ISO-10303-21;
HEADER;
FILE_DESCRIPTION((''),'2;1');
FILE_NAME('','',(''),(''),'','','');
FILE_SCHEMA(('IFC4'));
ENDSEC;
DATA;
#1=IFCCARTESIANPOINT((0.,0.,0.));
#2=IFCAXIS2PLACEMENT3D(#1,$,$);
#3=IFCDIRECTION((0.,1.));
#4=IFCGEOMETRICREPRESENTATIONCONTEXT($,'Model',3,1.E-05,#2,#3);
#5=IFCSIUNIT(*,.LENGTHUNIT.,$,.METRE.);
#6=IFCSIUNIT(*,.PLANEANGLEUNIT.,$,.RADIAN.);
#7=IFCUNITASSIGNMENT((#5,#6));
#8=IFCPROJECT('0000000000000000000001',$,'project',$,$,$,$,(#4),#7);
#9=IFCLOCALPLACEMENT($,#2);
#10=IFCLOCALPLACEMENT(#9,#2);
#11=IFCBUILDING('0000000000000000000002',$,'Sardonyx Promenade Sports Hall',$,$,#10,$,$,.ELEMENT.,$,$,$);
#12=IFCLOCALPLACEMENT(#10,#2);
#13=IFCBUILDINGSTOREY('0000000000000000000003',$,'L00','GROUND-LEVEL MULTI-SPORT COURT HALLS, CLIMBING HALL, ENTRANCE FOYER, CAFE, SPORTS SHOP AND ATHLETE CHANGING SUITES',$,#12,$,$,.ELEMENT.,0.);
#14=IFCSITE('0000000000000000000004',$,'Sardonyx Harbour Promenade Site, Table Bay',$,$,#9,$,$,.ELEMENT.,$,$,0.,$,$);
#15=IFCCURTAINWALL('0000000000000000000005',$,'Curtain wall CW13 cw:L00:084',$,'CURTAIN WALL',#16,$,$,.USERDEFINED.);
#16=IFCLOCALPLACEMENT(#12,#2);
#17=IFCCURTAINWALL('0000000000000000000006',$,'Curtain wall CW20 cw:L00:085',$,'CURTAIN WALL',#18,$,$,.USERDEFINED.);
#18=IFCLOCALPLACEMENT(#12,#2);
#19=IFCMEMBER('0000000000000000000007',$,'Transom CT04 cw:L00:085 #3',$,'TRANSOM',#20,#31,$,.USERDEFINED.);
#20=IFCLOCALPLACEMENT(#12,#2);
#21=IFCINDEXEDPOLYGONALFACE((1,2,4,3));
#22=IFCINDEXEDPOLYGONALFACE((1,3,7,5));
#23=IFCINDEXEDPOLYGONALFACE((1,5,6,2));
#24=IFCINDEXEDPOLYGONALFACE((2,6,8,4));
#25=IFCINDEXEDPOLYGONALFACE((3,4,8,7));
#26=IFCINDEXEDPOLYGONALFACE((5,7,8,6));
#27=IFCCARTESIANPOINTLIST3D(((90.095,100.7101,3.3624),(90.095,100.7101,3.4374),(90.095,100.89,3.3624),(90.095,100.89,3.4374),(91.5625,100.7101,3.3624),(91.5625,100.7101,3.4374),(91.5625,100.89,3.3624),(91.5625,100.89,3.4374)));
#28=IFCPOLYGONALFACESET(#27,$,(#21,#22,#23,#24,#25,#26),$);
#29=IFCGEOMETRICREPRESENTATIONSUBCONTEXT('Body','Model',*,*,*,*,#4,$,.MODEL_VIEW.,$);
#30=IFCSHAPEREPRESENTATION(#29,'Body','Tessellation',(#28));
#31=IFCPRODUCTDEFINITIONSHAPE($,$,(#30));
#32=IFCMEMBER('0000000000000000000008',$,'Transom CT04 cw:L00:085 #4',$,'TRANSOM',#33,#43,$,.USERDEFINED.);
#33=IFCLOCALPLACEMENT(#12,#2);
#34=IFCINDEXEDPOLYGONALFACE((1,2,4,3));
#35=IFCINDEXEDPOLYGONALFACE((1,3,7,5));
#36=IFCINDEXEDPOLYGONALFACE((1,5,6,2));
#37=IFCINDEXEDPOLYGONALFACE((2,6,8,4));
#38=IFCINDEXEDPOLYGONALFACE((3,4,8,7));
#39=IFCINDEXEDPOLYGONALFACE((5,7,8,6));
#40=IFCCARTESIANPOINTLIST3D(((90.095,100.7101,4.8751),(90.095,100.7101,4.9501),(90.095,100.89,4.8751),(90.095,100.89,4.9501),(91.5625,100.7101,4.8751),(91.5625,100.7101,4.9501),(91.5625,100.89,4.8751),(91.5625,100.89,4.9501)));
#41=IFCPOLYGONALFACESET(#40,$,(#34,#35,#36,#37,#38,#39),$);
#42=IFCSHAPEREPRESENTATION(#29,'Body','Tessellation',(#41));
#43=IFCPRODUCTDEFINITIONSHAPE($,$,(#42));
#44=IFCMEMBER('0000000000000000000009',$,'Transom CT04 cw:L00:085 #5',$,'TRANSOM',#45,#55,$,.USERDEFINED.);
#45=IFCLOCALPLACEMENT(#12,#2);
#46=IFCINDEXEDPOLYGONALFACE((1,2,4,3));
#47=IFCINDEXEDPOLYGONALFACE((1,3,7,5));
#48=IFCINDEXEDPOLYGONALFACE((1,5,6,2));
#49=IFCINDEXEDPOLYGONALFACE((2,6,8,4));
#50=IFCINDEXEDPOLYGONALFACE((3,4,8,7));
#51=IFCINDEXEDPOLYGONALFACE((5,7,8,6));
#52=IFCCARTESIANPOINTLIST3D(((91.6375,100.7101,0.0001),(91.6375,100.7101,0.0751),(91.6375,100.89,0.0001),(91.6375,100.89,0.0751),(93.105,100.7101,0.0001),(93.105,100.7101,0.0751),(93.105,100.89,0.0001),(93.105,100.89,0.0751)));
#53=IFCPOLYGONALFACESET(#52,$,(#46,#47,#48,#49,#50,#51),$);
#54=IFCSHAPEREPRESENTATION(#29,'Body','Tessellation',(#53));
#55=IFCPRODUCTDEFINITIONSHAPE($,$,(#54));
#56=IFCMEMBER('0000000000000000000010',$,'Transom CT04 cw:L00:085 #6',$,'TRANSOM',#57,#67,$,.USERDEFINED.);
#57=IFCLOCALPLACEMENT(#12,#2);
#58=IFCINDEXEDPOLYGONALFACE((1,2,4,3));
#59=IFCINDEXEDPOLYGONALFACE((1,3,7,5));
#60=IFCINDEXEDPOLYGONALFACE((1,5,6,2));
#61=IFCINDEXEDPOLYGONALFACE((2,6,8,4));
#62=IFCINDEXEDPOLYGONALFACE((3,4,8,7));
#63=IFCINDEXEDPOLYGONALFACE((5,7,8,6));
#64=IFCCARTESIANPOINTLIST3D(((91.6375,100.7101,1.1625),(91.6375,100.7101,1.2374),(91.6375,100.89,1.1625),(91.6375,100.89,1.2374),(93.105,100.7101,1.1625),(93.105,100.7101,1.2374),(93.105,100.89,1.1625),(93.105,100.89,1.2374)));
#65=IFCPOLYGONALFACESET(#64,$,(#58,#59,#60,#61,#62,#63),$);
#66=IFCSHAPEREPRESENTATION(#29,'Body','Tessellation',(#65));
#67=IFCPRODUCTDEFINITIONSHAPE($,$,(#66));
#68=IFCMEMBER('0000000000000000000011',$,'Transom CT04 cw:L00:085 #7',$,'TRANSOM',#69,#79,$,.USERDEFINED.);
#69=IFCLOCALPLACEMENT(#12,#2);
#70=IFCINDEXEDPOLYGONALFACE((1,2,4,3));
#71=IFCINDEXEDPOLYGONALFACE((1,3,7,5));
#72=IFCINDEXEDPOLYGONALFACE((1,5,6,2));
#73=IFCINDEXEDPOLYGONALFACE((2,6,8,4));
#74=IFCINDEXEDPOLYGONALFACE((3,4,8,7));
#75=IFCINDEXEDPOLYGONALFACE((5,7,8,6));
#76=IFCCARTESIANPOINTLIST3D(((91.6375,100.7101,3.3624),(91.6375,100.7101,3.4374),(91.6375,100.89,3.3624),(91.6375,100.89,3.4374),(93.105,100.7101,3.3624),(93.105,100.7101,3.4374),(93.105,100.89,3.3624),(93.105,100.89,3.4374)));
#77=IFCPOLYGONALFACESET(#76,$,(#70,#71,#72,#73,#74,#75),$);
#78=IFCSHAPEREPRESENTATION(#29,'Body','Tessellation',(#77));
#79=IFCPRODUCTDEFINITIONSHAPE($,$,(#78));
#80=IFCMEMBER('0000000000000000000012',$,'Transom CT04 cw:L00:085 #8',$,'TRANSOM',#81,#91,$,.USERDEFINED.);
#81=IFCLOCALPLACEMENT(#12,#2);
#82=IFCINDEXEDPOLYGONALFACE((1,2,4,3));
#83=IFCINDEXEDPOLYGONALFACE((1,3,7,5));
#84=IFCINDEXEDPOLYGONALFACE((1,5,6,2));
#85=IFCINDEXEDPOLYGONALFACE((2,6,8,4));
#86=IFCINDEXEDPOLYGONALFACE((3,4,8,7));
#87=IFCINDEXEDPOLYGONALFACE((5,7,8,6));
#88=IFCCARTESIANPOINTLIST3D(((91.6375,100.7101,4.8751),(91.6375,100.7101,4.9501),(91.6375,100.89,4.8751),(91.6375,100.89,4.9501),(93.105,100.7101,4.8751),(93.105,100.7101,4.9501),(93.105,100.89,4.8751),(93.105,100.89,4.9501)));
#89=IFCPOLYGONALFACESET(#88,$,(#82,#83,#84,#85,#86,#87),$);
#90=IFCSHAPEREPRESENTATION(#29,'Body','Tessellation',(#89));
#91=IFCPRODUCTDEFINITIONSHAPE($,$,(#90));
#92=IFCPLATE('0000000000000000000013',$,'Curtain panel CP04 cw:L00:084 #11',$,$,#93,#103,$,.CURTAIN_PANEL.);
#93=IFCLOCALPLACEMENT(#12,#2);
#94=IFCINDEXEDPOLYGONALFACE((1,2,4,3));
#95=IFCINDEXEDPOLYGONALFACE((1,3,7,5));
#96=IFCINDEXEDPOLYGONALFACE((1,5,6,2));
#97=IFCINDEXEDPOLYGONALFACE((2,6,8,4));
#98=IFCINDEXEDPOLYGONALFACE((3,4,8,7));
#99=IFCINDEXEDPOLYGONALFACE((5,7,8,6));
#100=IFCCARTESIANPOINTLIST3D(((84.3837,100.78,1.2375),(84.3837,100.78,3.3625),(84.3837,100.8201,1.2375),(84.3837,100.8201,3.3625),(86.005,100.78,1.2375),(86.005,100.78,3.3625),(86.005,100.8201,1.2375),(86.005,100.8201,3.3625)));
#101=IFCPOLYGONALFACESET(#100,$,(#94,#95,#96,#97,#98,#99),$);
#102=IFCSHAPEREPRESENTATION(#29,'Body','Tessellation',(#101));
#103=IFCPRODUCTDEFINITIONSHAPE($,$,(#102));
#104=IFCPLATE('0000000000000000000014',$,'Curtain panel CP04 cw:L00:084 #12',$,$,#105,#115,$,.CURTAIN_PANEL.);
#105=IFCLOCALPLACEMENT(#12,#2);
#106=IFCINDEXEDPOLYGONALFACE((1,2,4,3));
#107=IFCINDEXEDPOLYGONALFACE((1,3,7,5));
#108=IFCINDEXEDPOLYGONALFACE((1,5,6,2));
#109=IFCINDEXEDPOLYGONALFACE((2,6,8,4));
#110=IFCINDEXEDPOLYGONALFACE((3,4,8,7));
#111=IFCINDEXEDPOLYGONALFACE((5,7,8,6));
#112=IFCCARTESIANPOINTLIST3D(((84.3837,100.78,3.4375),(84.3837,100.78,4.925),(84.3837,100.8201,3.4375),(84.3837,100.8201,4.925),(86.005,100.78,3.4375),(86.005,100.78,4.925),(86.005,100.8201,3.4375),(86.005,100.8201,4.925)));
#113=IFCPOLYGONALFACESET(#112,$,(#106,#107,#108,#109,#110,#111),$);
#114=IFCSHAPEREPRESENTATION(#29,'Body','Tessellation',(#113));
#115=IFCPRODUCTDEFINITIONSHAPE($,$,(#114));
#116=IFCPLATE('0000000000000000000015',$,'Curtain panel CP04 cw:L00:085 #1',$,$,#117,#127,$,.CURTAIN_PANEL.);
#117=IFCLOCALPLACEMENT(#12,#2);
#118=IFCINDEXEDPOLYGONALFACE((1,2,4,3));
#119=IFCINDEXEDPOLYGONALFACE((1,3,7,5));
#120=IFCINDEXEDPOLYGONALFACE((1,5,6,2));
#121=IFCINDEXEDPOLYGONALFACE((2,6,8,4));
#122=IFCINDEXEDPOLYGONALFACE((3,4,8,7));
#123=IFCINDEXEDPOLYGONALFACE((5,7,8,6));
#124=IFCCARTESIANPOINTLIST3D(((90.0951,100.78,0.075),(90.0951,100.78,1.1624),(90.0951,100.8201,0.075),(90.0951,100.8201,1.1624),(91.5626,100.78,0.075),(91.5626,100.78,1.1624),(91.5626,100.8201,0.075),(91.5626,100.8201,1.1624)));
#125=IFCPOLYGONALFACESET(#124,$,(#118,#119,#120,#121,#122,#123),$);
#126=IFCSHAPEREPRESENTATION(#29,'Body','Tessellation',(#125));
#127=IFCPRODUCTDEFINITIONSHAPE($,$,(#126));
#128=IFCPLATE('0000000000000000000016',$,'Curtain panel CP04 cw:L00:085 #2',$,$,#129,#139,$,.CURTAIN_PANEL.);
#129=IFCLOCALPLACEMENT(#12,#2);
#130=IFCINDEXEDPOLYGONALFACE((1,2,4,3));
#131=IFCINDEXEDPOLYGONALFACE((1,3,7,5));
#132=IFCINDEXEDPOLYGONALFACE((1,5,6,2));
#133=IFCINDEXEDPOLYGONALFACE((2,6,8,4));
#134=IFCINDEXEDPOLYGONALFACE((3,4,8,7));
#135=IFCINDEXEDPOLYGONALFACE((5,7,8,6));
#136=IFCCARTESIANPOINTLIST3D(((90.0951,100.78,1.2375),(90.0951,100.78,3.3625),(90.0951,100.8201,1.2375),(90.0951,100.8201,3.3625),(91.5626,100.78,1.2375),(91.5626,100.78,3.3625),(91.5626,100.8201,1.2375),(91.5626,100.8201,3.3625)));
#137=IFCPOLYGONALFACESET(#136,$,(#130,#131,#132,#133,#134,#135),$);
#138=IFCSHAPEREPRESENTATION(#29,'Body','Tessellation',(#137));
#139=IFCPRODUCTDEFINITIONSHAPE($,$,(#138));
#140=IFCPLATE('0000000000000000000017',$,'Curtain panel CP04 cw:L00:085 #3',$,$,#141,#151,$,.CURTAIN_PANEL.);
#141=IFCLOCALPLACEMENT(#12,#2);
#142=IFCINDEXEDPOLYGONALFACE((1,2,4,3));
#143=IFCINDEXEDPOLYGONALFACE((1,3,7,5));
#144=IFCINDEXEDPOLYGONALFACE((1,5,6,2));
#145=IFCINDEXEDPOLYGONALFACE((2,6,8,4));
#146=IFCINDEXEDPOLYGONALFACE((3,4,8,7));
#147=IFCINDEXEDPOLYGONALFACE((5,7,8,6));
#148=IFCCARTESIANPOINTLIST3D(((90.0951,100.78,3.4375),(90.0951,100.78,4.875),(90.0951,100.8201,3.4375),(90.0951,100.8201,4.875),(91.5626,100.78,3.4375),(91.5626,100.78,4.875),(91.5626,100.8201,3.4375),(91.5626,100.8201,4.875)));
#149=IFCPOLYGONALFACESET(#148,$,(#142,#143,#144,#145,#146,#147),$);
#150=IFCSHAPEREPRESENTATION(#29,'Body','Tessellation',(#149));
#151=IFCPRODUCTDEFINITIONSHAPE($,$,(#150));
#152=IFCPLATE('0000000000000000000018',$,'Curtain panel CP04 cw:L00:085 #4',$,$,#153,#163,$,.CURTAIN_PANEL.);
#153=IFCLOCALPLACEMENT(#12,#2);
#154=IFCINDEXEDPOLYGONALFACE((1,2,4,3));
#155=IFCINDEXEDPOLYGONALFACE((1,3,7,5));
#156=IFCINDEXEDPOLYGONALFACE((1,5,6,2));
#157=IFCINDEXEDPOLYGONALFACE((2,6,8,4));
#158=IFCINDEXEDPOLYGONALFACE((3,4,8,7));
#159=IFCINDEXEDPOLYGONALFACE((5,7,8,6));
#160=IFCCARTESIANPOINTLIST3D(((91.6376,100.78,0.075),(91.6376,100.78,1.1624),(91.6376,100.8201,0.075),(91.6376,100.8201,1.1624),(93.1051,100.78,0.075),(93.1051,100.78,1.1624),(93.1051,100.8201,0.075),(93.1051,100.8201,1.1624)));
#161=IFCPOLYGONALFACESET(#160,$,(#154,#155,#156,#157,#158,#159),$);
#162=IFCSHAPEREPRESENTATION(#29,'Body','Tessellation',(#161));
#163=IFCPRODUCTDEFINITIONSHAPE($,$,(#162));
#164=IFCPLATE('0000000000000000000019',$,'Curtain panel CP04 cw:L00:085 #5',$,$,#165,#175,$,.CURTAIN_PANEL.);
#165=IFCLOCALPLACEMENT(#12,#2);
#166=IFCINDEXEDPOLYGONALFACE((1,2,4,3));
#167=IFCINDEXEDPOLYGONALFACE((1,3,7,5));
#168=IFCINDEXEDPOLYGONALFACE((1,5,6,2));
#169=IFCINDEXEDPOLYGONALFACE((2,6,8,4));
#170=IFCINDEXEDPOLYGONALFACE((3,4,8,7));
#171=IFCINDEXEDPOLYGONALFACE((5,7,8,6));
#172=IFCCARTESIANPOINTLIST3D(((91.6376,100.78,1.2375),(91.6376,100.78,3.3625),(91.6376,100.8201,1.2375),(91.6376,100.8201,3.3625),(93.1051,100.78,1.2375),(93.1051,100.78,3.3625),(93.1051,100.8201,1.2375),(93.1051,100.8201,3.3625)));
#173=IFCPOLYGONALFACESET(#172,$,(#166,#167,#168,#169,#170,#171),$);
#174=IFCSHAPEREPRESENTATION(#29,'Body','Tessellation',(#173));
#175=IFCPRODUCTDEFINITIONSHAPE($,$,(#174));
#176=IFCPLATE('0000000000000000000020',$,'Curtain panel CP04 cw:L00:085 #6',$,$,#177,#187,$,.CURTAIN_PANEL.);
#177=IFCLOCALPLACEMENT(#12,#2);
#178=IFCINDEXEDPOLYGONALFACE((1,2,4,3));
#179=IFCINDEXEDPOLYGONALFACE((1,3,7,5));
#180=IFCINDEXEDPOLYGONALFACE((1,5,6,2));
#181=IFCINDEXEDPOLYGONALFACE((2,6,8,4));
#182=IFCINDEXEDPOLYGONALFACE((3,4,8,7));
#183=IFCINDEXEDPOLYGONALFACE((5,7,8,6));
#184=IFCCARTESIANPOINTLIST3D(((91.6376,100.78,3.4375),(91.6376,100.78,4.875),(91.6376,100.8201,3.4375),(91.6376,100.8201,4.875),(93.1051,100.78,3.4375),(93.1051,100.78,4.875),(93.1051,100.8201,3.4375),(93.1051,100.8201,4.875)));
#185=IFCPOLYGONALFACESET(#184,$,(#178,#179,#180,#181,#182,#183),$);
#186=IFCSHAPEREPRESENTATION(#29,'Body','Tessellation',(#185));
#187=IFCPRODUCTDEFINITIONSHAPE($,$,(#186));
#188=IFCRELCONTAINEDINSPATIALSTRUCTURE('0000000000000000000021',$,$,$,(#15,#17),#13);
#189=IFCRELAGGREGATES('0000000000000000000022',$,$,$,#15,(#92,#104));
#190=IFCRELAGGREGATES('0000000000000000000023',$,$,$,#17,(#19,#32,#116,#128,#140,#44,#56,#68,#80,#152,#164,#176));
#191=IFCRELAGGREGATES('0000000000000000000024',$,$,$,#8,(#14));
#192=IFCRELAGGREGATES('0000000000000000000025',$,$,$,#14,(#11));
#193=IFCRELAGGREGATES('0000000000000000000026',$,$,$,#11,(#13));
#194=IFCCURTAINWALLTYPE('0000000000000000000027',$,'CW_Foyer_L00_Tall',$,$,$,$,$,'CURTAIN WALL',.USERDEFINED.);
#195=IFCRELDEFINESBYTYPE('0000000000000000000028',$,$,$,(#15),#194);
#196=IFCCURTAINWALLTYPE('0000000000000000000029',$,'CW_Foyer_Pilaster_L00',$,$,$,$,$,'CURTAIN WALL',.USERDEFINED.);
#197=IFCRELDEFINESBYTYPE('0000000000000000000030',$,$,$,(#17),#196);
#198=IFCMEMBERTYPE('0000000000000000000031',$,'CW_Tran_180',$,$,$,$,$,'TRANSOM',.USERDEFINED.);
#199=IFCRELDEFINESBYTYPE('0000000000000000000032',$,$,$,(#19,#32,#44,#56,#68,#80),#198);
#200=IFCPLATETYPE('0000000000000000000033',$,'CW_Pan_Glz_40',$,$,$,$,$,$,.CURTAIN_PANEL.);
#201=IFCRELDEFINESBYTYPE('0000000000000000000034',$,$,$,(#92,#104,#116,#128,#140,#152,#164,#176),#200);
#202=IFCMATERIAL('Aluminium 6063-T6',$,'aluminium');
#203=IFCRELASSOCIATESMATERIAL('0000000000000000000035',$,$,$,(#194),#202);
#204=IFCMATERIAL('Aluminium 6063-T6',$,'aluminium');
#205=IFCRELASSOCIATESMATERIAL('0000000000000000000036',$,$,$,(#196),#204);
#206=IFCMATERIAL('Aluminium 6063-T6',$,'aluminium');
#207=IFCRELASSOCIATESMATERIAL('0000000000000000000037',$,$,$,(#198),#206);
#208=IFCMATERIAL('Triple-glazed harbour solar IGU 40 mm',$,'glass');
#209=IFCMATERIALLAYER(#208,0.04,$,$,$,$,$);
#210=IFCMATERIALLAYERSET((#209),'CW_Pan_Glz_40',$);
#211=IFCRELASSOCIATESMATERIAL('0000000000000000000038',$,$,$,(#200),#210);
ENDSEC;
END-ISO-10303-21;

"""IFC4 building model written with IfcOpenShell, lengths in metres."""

from ifc_helpers import new_model, si_unit, direction, frame, origin, origin_2d, place, context, subcontext, project, spatial, rectangle, extrude, material, layer, layer_set, material_profile, profile_set, type_object, element, aggregate, save


model = new_model("IFC4")

# Units and contexts
model_context = context("Model", 3, precision=1e-05, world=origin(), true_north=direction((0.0, 1.0)))
body_context = subcontext(model_context, "Body", "Model", "MODEL_VIEW")
ifc_project = project(units=[si_unit("LENGTHUNIT", "METRE"), si_unit("PLANEANGLEUNIT", "RADIAN")], contexts=[model_context])

# Site, building, storey
site_placement = place(None, origin())
site = spatial("IfcSite", under=ifc_project, at=site_placement, Name="Sardonyx Harbour Promenade Site, Table Bay", CompositionType="ELEMENT", RefElevation=0.0)
building_placement = place(site_placement, origin())
building = spatial("IfcBuilding", under=site, at=building_placement, Name="Sardonyx Promenade Sports Hall", CompositionType="ELEMENT")
storey_placement = place(building_placement, origin())
storey = spatial("IfcBuildingStorey", under=building, at=storey_placement, Name="L00", Description="GROUND-LEVEL MULTI-SPORT COURT HALLS, CLIMBING HALL, ENTRANCE FOYER, CAFE, SPORTS SHOP AND ATHLETE CHANGING SUITES", CompositionType="ELEMENT", Elevation=0.0)

# Curtain wall
ifc_material_1 = material(Name="Aluminium 6063-T6", Category="aluminium")
curtain_wall_type_1 = type_object("IfcCurtainWallType", Name="CW_Foyer_L00_Tall", ElementType="CURTAIN WALL", PredefinedType="USERDEFINED", material=ifc_material_1)
curtain_wall_1_placement = place(storey_placement, origin())
curtain_wall_1 = element("IfcCurtainWall", 1, at=curtain_wall_1_placement, inside=storey, type_object=curtain_wall_type_1, Name="Curtain wall CW13 cw:L00:084", ObjectType="CURTAIN WALL", PredefinedType="USERDEFINED")

# Curtain wall
ifc_material_2 = material(Name="Aluminium 6063-T6", Category="aluminium")
curtain_wall_type_2 = type_object("IfcCurtainWallType", Name="CW_Foyer_Pilaster_L00", ElementType="CURTAIN WALL", PredefinedType="USERDEFINED", material=ifc_material_2)
curtain_wall_2_placement = place(storey_placement, origin())
curtain_wall_2 = element("IfcCurtainWall", 2, at=curtain_wall_2_placement, inside=storey, type_object=curtain_wall_type_2, Name="Curtain wall CW20 cw:L00:085", ObjectType="CURTAIN WALL", PredefinedType="USERDEFINED")

# Members
ifc_material_3 = material(Name="Aluminium 6063-T6", Category="aluminium")
ifc_material_profile_1 = material_profile(ifc_material_3, rectangle(XDim=0.075, YDim=0.1799, at=origin_2d()))
ifc_profile_set_1 = profile_set([ifc_material_profile_1], Name="Aluminium 6063-T6")
member_type_1 = type_object("IfcMemberType", Name="CW_Tran_180", ElementType="TRANSOM", PredefinedType="USERDEFINED", material=ifc_profile_set_1)
member_1_placement = place(storey_placement, frame((90.095, 100.8, 3.3999), z_axis=(1.0, 0.0, 0.0), x_axis=(0.0, 0.0, 1.0)))
member_1 = element("IfcMember", 3, at=member_1_placement, type_object=member_type_1, Name="Transom CT04 cw:L00:085 #3", ObjectType="TRANSOM", PredefinedType="USERDEFINED", context=body_context, shape_type="SweptSolid", body=[
    extrude(rectangle(XDim=0.075, YDim=0.1799, at=origin_2d()), origin(), (0.0, 0.0, 1.0), 1.4675),
])
member_2_placement = place(storey_placement, frame((90.095, 100.8, 4.9126), z_axis=(1.0, 0.0, 0.0), x_axis=(0.0, 0.0, 1.0)))
member_2 = element("IfcMember", 4, at=member_2_placement, type_object=member_type_1, Name="Transom CT04 cw:L00:085 #4", ObjectType="TRANSOM", PredefinedType="USERDEFINED", context=body_context, shape_type="SweptSolid", body=[
    extrude(rectangle(XDim=0.075, YDim=0.1799, at=origin_2d()), origin(), (0.0, 0.0, 1.0), 1.4675),
])
member_3_placement = place(storey_placement, frame((91.6375, 100.8, 0.0376), z_axis=(1.0, 0.0, 0.0), x_axis=(0.0, 0.0, 1.0)))
member_3 = element("IfcMember", 5, at=member_3_placement, type_object=member_type_1, Name="Transom CT04 cw:L00:085 #5", ObjectType="TRANSOM", PredefinedType="USERDEFINED", context=body_context, shape_type="SweptSolid", body=[
    extrude(rectangle(XDim=0.075, YDim=0.1799, at=origin_2d()), origin(), (0.0, 0.0, 1.0), 1.4675),
])
member_4_placement = place(storey_placement, frame((91.6375, 100.8, 1.2), z_axis=(1.0, 0.0, 0.0), x_axis=(0.0, 0.0, 1.0)))
member_4 = element("IfcMember", 6, at=member_4_placement, type_object=member_type_1, Name="Transom CT04 cw:L00:085 #6", ObjectType="TRANSOM", PredefinedType="USERDEFINED", context=body_context, shape_type="SweptSolid", body=[
    extrude(rectangle(XDim=0.075, YDim=0.1799, at=origin_2d()), origin(), (0.0, 0.0, 1.0), 1.4675),
])
member_5_placement = place(storey_placement, frame((91.6375, 100.8, 3.3999), z_axis=(1.0, 0.0, 0.0), x_axis=(0.0, 0.0, 1.0)))
member_5 = element("IfcMember", 7, at=member_5_placement, type_object=member_type_1, Name="Transom CT04 cw:L00:085 #7", ObjectType="TRANSOM", PredefinedType="USERDEFINED", context=body_context, shape_type="SweptSolid", body=[
    extrude(rectangle(XDim=0.075, YDim=0.1799, at=origin_2d()), origin(), (0.0, 0.0, 1.0), 1.4675),
])
member_6_placement = place(storey_placement, frame((91.6375, 100.8, 4.9126), z_axis=(1.0, 0.0, 0.0), x_axis=(0.0, 0.0, 1.0)))
member_6 = element("IfcMember", 8, at=member_6_placement, type_object=member_type_1, Name="Transom CT04 cw:L00:085 #8", ObjectType="TRANSOM", PredefinedType="USERDEFINED", context=body_context, shape_type="SweptSolid", body=[
    extrude(rectangle(XDim=0.075, YDim=0.1799, at=origin_2d()), origin(), (0.0, 0.0, 1.0), 1.4675),
])

# Plates
ifc_material_4 = material(Name="Triple-glazed harbour solar IGU 40 mm", Category="glass")
ifc_layer_1 = layer(ifc_material_4, 0.04)
ifc_layer_set_1 = layer_set([ifc_layer_1], Name="CW_Pan_Glz_40")
plate_type = type_object("IfcPlateType", Name="CW_Pan_Glz_40", PredefinedType="CURTAIN_PANEL", material=ifc_layer_set_1)
plate_1_placement = place(storey_placement, frame((85.1943, 100.8, 1.2375), z_axis=(0.0, 0.0, 1.0), x_axis=(1.0, 0.0, 0.0)))
plate_1 = element("IfcPlate", 9, at=plate_1_placement, type_object=plate_type, Name="Curtain panel CP04 cw:L00:084 #11", PredefinedType="CURTAIN_PANEL", context=body_context, shape_type="SweptSolid", body=[
    extrude(rectangle(XDim=1.6213, YDim=0.04, at=origin_2d()), origin(), (0.0, 0.0, 1.0), 2.125),
])
plate_2_placement = place(storey_placement, frame((85.1943, 100.8, 3.4375), z_axis=(0.0, 0.0, 1.0), x_axis=(1.0, 0.0, 0.0)))
plate_2 = element("IfcPlate", 10, at=plate_2_placement, type_object=plate_type, Name="Curtain panel CP04 cw:L00:084 #12", PredefinedType="CURTAIN_PANEL", context=body_context, shape_type="SweptSolid", body=[
    extrude(rectangle(XDim=1.6213, YDim=0.04, at=origin_2d()), origin(), (0.0, 0.0, 1.0), 1.4875),
])
aggregate(curtain_wall_1, [plate_1, plate_2])
plate_3_placement = place(storey_placement, frame((90.8289, 100.8, 0.075), z_axis=(0.0, 0.0, 1.0), x_axis=(1.0, 0.0, 0.0)))
plate_3 = element("IfcPlate", 11, at=plate_3_placement, type_object=plate_type, Name="Curtain panel CP04 cw:L00:085 #1", PredefinedType="CURTAIN_PANEL", context=body_context, shape_type="SweptSolid", body=[
    extrude(rectangle(XDim=1.4675, YDim=0.04, at=origin_2d()), origin(), (0.0, 0.0, 1.0), 1.0874),
])
plate_4_placement = place(storey_placement, frame((90.8289, 100.8, 1.2375), z_axis=(0.0, 0.0, 1.0), x_axis=(1.0, 0.0, 0.0)))
plate_4 = element("IfcPlate", 12, at=plate_4_placement, type_object=plate_type, Name="Curtain panel CP04 cw:L00:085 #2", PredefinedType="CURTAIN_PANEL", context=body_context, shape_type="SweptSolid", body=[
    extrude(rectangle(XDim=1.4675, YDim=0.04, at=origin_2d()), origin(), (0.0, 0.0, 1.0), 2.125),
])
plate_5_placement = place(storey_placement, frame((90.8289, 100.8, 3.4375), z_axis=(0.0, 0.0, 1.0), x_axis=(1.0, 0.0, 0.0)))
plate_5 = element("IfcPlate", 13, at=plate_5_placement, type_object=plate_type, Name="Curtain panel CP04 cw:L00:085 #3", PredefinedType="CURTAIN_PANEL", context=body_context, shape_type="SweptSolid", body=[
    extrude(rectangle(XDim=1.4675, YDim=0.04, at=origin_2d()), origin(), (0.0, 0.0, 1.0), 1.4375),
])
plate_6_placement = place(storey_placement, frame((92.3713, 100.8, 0.075), z_axis=(0.0, 0.0, 1.0), x_axis=(1.0, 0.0, 0.0)))
plate_6 = element("IfcPlate", 14, at=plate_6_placement, type_object=plate_type, Name="Curtain panel CP04 cw:L00:085 #4", PredefinedType="CURTAIN_PANEL", context=body_context, shape_type="SweptSolid", body=[
    extrude(rectangle(XDim=1.4675, YDim=0.04, at=origin_2d()), origin(), (0.0, 0.0, 1.0), 1.0874),
])
plate_7_placement = place(storey_placement, frame((92.3713, 100.8, 1.2375), z_axis=(0.0, 0.0, 1.0), x_axis=(1.0, 0.0, 0.0)))
plate_7 = element("IfcPlate", 15, at=plate_7_placement, type_object=plate_type, Name="Curtain panel CP04 cw:L00:085 #5", PredefinedType="CURTAIN_PANEL", context=body_context, shape_type="SweptSolid", body=[
    extrude(rectangle(XDim=1.4675, YDim=0.04, at=origin_2d()), origin(), (0.0, 0.0, 1.0), 2.125),
])
plate_8_placement = place(storey_placement, frame((92.3713, 100.8, 3.4375), z_axis=(0.0, 0.0, 1.0), x_axis=(1.0, 0.0, 0.0)))
plate_8 = element("IfcPlate", 16, at=plate_8_placement, type_object=plate_type, Name="Curtain panel CP04 cw:L00:085 #6", PredefinedType="CURTAIN_PANEL", context=body_context, shape_type="SweptSolid", body=[
    extrude(rectangle(XDim=1.4675, YDim=0.04, at=origin_2d()), origin(), (0.0, 0.0, 1.0), 1.4375),
])
aggregate(curtain_wall_2, [member_1, member_2, plate_3, plate_4, plate_5, member_3, member_4, member_5, member_6, plate_6, plate_7, plate_8])

save(model, "model.ifc")
